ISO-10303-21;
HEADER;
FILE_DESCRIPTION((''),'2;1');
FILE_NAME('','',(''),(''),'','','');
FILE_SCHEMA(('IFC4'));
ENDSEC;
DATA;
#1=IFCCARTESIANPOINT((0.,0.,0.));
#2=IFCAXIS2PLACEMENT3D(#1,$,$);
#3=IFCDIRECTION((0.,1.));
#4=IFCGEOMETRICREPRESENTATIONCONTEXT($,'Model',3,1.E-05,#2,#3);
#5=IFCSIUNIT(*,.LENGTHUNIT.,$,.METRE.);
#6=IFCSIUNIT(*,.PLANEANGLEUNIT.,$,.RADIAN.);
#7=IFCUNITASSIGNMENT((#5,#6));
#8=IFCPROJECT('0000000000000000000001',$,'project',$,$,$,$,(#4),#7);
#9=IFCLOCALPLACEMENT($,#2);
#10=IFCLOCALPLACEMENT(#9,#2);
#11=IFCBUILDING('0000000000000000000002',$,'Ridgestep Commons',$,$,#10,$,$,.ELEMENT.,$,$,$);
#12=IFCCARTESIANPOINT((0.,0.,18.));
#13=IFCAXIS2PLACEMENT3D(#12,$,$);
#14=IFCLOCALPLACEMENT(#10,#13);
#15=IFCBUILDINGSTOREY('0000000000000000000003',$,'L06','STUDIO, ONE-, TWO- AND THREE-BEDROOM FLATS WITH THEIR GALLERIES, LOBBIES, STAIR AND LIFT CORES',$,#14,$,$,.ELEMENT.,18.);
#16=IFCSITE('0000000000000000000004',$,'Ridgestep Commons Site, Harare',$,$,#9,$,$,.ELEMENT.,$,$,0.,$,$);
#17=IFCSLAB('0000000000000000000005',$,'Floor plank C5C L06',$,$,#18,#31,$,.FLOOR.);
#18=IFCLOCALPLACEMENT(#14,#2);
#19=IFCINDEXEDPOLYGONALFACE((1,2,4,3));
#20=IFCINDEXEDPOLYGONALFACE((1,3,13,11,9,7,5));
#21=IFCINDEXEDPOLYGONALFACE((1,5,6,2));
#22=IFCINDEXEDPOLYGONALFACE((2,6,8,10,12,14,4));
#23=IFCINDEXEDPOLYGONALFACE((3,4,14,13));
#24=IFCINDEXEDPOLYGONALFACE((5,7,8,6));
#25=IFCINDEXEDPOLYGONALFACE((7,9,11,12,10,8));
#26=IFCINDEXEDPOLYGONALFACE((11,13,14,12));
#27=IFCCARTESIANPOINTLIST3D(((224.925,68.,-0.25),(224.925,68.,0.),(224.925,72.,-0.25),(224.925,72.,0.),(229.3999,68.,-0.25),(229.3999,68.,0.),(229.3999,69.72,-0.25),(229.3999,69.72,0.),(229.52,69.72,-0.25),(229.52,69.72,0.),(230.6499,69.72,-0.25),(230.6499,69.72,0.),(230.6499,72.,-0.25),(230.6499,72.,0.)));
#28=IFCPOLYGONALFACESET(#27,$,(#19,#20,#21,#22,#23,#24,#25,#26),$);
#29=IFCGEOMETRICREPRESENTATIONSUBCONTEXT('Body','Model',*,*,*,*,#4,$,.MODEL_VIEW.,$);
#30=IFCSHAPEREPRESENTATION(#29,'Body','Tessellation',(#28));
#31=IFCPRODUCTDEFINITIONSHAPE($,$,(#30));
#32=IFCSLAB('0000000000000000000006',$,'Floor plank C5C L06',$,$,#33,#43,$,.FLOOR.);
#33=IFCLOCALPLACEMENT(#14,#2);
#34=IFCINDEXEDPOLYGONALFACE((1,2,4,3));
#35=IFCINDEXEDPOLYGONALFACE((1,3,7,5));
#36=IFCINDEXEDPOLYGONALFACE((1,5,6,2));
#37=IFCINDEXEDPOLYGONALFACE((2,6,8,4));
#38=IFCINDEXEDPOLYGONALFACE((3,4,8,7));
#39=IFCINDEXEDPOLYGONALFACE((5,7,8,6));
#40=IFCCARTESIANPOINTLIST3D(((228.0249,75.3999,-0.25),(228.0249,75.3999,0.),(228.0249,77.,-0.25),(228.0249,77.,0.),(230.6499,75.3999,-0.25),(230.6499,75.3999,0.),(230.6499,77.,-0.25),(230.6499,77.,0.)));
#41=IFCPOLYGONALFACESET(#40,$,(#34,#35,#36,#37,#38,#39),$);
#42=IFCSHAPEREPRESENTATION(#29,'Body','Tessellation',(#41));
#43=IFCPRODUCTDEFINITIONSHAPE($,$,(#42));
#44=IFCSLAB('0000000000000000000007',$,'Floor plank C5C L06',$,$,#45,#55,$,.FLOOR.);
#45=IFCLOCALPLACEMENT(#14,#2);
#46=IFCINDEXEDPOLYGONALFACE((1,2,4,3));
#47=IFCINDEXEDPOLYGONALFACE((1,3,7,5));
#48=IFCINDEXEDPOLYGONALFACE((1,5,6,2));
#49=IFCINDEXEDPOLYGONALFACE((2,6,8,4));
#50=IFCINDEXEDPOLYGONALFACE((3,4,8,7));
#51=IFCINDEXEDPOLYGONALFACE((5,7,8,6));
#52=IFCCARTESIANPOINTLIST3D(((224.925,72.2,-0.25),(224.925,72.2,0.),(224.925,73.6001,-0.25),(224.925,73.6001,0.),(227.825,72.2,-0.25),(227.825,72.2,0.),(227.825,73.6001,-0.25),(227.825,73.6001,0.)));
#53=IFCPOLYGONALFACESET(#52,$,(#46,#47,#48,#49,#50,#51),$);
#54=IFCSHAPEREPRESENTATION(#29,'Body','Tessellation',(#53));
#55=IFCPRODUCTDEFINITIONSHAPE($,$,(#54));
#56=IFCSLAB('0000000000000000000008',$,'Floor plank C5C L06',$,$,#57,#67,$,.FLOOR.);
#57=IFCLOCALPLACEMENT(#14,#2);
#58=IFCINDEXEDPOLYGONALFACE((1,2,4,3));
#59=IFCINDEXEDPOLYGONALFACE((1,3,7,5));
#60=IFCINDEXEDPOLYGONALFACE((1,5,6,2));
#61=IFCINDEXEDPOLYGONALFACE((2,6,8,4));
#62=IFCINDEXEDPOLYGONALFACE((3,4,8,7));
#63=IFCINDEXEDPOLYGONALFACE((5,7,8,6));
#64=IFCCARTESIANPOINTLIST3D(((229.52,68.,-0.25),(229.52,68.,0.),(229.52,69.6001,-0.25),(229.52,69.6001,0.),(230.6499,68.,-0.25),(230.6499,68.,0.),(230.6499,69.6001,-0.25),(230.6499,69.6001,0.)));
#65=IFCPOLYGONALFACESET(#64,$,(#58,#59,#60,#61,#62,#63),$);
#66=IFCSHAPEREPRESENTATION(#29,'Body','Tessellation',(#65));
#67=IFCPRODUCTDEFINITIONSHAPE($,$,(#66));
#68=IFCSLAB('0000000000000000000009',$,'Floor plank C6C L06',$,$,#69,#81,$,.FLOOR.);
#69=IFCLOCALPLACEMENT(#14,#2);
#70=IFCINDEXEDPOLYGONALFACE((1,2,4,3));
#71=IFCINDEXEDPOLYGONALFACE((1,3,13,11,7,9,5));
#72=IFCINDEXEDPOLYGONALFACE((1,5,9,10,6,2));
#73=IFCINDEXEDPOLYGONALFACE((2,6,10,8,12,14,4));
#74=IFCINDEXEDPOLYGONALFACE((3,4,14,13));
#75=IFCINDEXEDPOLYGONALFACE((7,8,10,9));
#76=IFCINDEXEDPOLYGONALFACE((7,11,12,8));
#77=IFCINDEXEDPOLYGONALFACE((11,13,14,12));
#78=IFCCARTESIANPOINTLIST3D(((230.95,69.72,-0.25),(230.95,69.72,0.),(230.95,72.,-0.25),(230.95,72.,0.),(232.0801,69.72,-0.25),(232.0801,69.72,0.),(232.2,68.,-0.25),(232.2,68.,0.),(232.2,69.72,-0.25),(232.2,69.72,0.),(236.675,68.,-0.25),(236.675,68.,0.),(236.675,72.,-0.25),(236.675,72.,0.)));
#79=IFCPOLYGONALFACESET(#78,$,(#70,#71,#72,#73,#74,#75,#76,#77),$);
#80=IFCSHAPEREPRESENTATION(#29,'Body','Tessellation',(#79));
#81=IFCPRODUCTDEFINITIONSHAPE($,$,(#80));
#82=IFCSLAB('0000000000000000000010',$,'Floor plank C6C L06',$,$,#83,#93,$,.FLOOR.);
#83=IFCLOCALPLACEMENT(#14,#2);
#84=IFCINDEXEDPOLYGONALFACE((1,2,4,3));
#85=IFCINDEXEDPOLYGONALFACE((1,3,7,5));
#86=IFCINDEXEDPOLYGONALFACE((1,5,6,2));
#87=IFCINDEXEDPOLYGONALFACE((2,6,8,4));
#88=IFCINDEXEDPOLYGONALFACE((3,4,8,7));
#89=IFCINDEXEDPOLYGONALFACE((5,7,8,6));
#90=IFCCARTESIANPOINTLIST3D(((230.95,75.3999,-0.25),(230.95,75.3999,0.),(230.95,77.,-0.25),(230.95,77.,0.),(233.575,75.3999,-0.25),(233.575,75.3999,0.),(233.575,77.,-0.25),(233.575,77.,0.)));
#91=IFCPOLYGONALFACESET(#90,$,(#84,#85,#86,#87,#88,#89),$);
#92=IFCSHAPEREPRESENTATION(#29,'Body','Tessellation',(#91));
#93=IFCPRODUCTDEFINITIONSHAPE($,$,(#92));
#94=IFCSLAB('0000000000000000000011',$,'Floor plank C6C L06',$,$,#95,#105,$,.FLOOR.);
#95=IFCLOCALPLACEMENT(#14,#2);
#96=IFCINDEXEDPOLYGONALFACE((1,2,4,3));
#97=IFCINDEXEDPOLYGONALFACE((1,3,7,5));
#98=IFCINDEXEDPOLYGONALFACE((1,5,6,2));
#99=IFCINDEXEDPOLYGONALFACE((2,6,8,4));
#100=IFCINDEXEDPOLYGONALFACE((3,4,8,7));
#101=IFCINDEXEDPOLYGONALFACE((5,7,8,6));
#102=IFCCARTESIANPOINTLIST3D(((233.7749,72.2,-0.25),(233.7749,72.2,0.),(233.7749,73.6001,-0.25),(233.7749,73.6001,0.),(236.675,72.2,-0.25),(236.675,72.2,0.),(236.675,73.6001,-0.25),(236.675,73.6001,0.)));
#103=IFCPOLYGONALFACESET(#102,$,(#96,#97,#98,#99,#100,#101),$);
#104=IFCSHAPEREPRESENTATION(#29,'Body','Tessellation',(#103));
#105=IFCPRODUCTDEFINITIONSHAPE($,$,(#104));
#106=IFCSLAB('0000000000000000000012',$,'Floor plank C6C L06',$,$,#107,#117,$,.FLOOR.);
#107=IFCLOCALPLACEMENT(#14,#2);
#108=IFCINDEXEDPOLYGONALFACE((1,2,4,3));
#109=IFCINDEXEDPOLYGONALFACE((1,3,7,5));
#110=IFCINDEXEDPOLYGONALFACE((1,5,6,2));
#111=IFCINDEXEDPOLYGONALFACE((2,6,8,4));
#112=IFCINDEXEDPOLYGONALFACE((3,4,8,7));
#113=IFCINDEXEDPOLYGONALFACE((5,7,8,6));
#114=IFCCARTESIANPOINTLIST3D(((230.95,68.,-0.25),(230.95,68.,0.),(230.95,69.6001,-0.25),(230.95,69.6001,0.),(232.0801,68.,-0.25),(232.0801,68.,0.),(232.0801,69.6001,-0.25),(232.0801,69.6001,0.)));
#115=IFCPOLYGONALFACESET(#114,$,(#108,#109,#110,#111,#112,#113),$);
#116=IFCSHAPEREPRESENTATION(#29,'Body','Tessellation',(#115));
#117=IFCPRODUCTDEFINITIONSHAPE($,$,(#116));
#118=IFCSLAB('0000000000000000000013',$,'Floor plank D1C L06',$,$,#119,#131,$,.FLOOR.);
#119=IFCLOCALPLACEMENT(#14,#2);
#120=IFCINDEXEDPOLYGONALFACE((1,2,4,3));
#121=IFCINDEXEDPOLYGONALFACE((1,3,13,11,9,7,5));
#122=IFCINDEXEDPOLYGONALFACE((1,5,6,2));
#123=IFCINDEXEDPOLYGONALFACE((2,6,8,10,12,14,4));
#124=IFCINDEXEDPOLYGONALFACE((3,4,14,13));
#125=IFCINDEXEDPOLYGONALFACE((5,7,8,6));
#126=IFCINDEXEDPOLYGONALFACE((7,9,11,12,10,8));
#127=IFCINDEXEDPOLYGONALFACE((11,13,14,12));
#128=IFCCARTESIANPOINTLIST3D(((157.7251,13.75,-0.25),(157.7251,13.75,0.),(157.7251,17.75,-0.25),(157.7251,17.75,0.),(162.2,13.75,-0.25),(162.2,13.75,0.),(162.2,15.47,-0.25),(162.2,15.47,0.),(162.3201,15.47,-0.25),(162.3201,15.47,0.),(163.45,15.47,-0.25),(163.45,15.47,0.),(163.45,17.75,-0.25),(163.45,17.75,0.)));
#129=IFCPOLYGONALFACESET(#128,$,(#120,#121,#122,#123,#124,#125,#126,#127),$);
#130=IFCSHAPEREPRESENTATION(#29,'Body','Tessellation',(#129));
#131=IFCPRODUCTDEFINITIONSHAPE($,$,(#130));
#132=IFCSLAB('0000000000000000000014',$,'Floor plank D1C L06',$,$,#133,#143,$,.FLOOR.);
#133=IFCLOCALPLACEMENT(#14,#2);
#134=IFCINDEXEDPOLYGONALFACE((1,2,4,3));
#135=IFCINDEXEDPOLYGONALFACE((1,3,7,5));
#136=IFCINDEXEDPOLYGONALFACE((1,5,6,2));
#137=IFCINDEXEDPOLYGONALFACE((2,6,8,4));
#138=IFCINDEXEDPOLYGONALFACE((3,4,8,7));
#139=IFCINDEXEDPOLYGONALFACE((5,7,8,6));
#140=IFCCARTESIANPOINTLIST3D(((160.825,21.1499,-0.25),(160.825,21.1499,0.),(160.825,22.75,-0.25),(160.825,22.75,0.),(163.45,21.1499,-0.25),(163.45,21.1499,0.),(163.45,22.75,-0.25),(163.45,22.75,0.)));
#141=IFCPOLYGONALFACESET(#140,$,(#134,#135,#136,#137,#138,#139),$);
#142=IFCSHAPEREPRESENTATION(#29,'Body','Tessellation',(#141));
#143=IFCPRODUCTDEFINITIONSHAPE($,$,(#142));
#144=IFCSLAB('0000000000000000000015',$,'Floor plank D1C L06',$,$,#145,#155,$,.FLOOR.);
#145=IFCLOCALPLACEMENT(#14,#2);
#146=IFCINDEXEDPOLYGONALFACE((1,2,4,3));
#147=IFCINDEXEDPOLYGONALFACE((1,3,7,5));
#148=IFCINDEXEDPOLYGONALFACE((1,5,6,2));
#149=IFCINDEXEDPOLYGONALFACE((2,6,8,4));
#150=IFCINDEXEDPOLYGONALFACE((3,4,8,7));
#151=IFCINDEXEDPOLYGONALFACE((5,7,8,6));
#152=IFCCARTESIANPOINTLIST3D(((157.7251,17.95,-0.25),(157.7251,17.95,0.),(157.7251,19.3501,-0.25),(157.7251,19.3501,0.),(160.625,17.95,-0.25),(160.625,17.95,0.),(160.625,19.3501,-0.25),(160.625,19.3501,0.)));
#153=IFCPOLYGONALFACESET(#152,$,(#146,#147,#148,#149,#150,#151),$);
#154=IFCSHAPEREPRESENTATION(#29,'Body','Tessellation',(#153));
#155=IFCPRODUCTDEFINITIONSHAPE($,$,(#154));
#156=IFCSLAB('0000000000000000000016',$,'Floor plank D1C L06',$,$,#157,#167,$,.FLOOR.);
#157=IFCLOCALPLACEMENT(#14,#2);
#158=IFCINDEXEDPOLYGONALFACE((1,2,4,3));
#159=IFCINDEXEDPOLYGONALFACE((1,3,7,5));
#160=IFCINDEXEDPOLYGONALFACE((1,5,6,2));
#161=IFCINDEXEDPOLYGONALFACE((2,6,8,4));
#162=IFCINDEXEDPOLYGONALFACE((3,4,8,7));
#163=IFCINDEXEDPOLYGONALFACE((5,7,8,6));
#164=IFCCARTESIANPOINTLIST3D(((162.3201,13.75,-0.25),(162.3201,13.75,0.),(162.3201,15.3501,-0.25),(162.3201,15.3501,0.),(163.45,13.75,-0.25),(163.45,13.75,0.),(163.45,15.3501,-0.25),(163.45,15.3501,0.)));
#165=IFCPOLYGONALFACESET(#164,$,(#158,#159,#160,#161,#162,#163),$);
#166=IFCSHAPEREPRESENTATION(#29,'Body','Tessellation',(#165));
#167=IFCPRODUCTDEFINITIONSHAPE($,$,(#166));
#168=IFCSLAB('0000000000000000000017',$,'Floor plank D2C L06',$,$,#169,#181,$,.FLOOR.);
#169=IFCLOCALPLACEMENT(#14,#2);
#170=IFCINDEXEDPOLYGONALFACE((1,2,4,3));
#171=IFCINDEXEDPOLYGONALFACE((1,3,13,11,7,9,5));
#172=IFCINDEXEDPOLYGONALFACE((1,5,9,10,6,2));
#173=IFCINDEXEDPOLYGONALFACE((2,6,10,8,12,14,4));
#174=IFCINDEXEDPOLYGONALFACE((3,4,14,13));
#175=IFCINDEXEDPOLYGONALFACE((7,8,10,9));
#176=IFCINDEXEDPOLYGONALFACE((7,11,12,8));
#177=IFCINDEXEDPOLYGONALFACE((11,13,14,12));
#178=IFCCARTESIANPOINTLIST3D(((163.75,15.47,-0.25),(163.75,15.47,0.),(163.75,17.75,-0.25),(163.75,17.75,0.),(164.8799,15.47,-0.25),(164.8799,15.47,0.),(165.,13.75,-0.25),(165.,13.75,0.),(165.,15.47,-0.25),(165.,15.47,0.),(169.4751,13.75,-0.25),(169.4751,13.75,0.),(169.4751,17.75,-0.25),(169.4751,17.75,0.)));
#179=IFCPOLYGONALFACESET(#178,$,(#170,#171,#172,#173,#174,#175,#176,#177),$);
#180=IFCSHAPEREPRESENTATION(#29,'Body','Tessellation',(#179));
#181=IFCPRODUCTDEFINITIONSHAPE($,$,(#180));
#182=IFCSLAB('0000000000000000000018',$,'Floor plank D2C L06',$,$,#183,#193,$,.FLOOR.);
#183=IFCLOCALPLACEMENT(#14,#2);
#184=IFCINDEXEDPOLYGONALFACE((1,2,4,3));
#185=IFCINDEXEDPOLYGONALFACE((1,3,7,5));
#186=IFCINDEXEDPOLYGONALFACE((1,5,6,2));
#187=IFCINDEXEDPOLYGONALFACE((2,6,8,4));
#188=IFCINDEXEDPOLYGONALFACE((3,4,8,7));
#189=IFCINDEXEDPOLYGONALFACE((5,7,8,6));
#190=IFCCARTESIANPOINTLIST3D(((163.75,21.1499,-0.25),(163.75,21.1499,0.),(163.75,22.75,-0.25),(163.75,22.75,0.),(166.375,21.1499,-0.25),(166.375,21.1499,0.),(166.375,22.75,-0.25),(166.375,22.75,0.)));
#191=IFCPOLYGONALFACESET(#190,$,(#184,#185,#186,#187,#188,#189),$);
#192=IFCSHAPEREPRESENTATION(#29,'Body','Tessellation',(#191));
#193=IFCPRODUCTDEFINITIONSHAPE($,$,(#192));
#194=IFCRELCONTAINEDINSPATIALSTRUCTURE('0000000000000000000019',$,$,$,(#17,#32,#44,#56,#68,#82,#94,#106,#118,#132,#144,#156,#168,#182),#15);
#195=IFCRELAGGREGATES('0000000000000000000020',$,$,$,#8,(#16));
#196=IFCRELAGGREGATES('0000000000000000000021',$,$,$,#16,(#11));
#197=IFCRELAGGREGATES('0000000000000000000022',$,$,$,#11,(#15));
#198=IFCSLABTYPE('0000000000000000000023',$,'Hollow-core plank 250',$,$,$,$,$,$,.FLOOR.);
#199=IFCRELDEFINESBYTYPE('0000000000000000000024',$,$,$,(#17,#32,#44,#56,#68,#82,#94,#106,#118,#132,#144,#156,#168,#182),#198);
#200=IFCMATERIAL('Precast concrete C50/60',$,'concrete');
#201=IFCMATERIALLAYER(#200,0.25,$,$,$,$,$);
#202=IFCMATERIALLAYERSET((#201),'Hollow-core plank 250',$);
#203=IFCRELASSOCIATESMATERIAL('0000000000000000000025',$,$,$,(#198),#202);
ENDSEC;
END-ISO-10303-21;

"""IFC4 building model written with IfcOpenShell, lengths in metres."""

from ifc_helpers import new_model, si_unit, direction, frame, origin, place, context, subcontext, project, spatial, polyline, outline, extrude, material, layer, layer_set, type_object, element, save


model = new_model("IFC4")

# Units and contexts
model_context = context("Model", 3, precision=1e-05, world=origin(), true_north=direction((0.0, 1.0)))
body_context = subcontext(model_context, "Body", "Model", "MODEL_VIEW")
ifc_project = project(units=[si_unit("LENGTHUNIT", "METRE"), si_unit("PLANEANGLEUNIT", "RADIAN")], contexts=[model_context])

# Site, building, storey
site_placement = place(None, origin())
site = spatial("IfcSite", under=ifc_project, at=site_placement, Name="Ridgestep Commons Site, Harare", CompositionType="ELEMENT", RefElevation=0.0)
building_placement = place(site_placement, origin())
building = spatial("IfcBuilding", under=site, at=building_placement, Name="Ridgestep Commons", CompositionType="ELEMENT")
storey_placement = place(building_placement, frame((0.0, 0.0, 18.0)))
storey = spatial("IfcBuildingStorey", under=building, at=storey_placement, Name="L06", Description="STUDIO, ONE-, TWO- AND THREE-BEDROOM FLATS WITH THEIR GALLERIES, LOBBIES, STAIR AND LIFT CORES", CompositionType="ELEMENT", Elevation=18.0)

# Slabs
ifc_material = material(Name="Precast concrete C50/60", Category="concrete")
ifc_layer = layer(ifc_material, 0.25)
ifc_layer_set = layer_set([ifc_layer], Name="Hollow-core plank 250")
slab_type = type_object("IfcSlabType", Name="Hollow-core plank 250", PredefinedType="FLOOR", material=ifc_layer_set)
slab_1_placement = place(storey_placement, frame((0.0, 0.0, -0.25)))
element("IfcSlab", 1, at=slab_1_placement, inside=storey, type_object=slab_type, Name="Floor plank C5C L06", PredefinedType="FLOOR", context=body_context, shape_type="SweptSolid", body=[
    extrude(outline(polyline([(229.52, 69.72), (230.6499, 69.72), (230.6499, 72.0), (224.925, 72.0), (224.925, 68.0), (229.3999, 68.0), (229.3999, 69.72), (229.52, 69.72)])), origin(), (0.0, 0.0, 1.0), 0.25),
])
slab_2_placement = place(storey_placement, frame((0.0, 0.0, -0.25)))
element("IfcSlab", 2, at=slab_2_placement, inside=storey, type_object=slab_type, Name="Floor plank C5C L06", PredefinedType="FLOOR", context=body_context, shape_type="SweptSolid", body=[
    extrude(outline(polyline([(230.6499, 75.3999), (230.6499, 77.0), (228.0249, 77.0), (228.0249, 75.3999), (230.6499, 75.3999)])), origin(), (0.0, 0.0, 1.0), 0.25),
])
slab_3_placement = place(storey_placement, frame((0.0, 0.0, -0.25)))
element("IfcSlab", 3, at=slab_3_placement, inside=storey, type_object=slab_type, Name="Floor plank C5C L06", PredefinedType="FLOOR", context=body_context, shape_type="SweptSolid", body=[
    extrude(outline(polyline([(227.825, 72.2), (227.825, 73.6001), (224.925, 73.6001), (224.925, 72.2), (227.825, 72.2)])), origin(), (0.0, 0.0, 1.0), 0.25),
])
slab_4_placement = place(storey_placement, frame((0.0, 0.0, -0.25)))
element("IfcSlab", 4, at=slab_4_placement, inside=storey, type_object=slab_type, Name="Floor plank C5C L06", PredefinedType="FLOOR", context=body_context, shape_type="SweptSolid", body=[
    extrude(outline(polyline([(229.52, 68.0), (230.6499, 68.0), (230.6499, 69.6001), (229.52, 69.6001), (229.52, 68.0)])), origin(), (0.0, 0.0, 1.0), 0.25),
])
slab_5_placement = place(storey_placement, frame((0.0, 0.0, -0.25)))
element("IfcSlab", 5, at=slab_5_placement, inside=storey, type_object=slab_type, Name="Floor plank C6C L06", PredefinedType="FLOOR", context=body_context, shape_type="SweptSolid", body=[
    extrude(outline(polyline([(232.2, 68.0), (236.675, 68.0), (236.675, 72.0), (230.95, 72.0), (230.95, 69.72), (232.0801, 69.72), (232.2, 69.72), (232.2, 68.0)])), origin(), (0.0, 0.0, 1.0), 0.25),
])
slab_6_placement = place(storey_placement, frame((0.0, 0.0, -0.25)))
element("IfcSlab", 6, at=slab_6_placement, inside=storey, type_object=slab_type, Name="Floor plank C6C L06", PredefinedType="FLOOR", context=body_context, shape_type="SweptSolid", body=[
    extrude(outline(polyline([(233.575, 77.0), (230.95, 77.0), (230.95, 75.3999), (233.575, 75.3999), (233.575, 77.0)])), origin(), (0.0, 0.0, 1.0), 0.25),
])
slab_7_placement = place(storey_placement, frame((0.0, 0.0, -0.25)))
element("IfcSlab", 7, at=slab_7_placement, inside=storey, type_object=slab_type, Name="Floor plank C6C L06", PredefinedType="FLOOR", context=body_context, shape_type="SweptSolid", body=[
    extrude(outline(polyline([(236.675, 72.2), (236.675, 73.6001), (233.7749, 73.6001), (233.7749, 72.2), (236.675, 72.2)])), origin(), (0.0, 0.0, 1.0), 0.25),
])
slab_8_placement = place(storey_placement, frame((0.0, 0.0, -0.25)))
element("IfcSlab", 8, at=slab_8_placement, inside=storey, type_object=slab_type, Name="Floor plank C6C L06", PredefinedType="FLOOR", context=body_context, shape_type="SweptSolid", body=[
    extrude(outline(polyline([(232.0801, 69.6001), (230.95, 69.6001), (230.95, 68.0), (232.0801, 68.0), (232.0801, 69.6001)])), origin(), (0.0, 0.0, 1.0), 0.25),
])
slab_9_placement = place(storey_placement, frame((0.0, 0.0, -0.25)))
element("IfcSlab", 9, at=slab_9_placement, inside=storey, type_object=slab_type, Name="Floor plank D1C L06", PredefinedType="FLOOR", context=body_context, shape_type="SweptSolid", body=[
    extrude(outline(polyline([(162.3201, 15.47), (163.45, 15.47), (163.45, 17.75), (157.7251, 17.75), (157.7251, 13.75), (162.2, 13.75), (162.2, 15.47), (162.3201, 15.47)])), origin(), (0.0, 0.0, 1.0), 0.25),
])
slab_10_placement = place(storey_placement, frame((0.0, 0.0, -0.25)))
element("IfcSlab", 10, at=slab_10_placement, inside=storey, type_object=slab_type, Name="Floor plank D1C L06", PredefinedType="FLOOR", context=body_context, shape_type="SweptSolid", body=[
    extrude(outline(polyline([(163.45, 21.1499), (163.45, 22.75), (160.825, 22.75), (160.825, 21.1499), (163.45, 21.1499)])), origin(), (0.0, 0.0, 1.0), 0.25),
])
slab_11_placement = place(storey_placement, frame((0.0, 0.0, -0.25)))
element("IfcSlab", 11, at=slab_11_placement, inside=storey, type_object=slab_type, Name="Floor plank D1C L06", PredefinedType="FLOOR", context=body_context, shape_type="SweptSolid", body=[
    extrude(outline(polyline([(160.625, 17.95), (160.625, 19.3501), (157.7251, 19.3501), (157.7251, 17.95), (160.625, 17.95)])), origin(), (0.0, 0.0, 1.0), 0.25),
])
slab_12_placement = place(storey_placement, frame((0.0, 0.0, -0.25)))
element("IfcSlab", 12, at=slab_12_placement, inside=storey, type_object=slab_type, Name="Floor plank D1C L06", PredefinedType="FLOOR", context=body_context, shape_type="SweptSolid", body=[
    extrude(outline(polyline([(162.3201, 13.75), (163.45, 13.75), (163.45, 15.3501), (162.3201, 15.3501), (162.3201, 13.75)])), origin(), (0.0, 0.0, 1.0), 0.25),
])
slab_13_placement = place(storey_placement, frame((0.0, 0.0, -0.25)))
element("IfcSlab", 13, at=slab_13_placement, inside=storey, type_object=slab_type, Name="Floor plank D2C L06", PredefinedType="FLOOR", context=body_context, shape_type="SweptSolid", body=[
    extrude(outline(polyline([(165.0, 13.75), (169.4751, 13.75), (169.4751, 17.75), (163.75, 17.75), (163.75, 15.47), (164.8799, 15.47), (165.0, 15.47), (165.0, 13.75)])), origin(), (0.0, 0.0, 1.0), 0.25),
])
slab_14_placement = place(storey_placement, frame((0.0, 0.0, -0.25)))
element("IfcSlab", 14, at=slab_14_placement, inside=storey, type_object=slab_type, Name="Floor plank D2C L06", PredefinedType="FLOOR", context=body_context, shape_type="SweptSolid", body=[
    extrude(outline(polyline([(166.375, 22.75), (163.75, 22.75), (163.75, 21.1499), (166.375, 21.1499), (166.375, 22.75)])), origin(), (0.0, 0.0, 1.0), 0.25),
])

save(model, "model.ifc")
